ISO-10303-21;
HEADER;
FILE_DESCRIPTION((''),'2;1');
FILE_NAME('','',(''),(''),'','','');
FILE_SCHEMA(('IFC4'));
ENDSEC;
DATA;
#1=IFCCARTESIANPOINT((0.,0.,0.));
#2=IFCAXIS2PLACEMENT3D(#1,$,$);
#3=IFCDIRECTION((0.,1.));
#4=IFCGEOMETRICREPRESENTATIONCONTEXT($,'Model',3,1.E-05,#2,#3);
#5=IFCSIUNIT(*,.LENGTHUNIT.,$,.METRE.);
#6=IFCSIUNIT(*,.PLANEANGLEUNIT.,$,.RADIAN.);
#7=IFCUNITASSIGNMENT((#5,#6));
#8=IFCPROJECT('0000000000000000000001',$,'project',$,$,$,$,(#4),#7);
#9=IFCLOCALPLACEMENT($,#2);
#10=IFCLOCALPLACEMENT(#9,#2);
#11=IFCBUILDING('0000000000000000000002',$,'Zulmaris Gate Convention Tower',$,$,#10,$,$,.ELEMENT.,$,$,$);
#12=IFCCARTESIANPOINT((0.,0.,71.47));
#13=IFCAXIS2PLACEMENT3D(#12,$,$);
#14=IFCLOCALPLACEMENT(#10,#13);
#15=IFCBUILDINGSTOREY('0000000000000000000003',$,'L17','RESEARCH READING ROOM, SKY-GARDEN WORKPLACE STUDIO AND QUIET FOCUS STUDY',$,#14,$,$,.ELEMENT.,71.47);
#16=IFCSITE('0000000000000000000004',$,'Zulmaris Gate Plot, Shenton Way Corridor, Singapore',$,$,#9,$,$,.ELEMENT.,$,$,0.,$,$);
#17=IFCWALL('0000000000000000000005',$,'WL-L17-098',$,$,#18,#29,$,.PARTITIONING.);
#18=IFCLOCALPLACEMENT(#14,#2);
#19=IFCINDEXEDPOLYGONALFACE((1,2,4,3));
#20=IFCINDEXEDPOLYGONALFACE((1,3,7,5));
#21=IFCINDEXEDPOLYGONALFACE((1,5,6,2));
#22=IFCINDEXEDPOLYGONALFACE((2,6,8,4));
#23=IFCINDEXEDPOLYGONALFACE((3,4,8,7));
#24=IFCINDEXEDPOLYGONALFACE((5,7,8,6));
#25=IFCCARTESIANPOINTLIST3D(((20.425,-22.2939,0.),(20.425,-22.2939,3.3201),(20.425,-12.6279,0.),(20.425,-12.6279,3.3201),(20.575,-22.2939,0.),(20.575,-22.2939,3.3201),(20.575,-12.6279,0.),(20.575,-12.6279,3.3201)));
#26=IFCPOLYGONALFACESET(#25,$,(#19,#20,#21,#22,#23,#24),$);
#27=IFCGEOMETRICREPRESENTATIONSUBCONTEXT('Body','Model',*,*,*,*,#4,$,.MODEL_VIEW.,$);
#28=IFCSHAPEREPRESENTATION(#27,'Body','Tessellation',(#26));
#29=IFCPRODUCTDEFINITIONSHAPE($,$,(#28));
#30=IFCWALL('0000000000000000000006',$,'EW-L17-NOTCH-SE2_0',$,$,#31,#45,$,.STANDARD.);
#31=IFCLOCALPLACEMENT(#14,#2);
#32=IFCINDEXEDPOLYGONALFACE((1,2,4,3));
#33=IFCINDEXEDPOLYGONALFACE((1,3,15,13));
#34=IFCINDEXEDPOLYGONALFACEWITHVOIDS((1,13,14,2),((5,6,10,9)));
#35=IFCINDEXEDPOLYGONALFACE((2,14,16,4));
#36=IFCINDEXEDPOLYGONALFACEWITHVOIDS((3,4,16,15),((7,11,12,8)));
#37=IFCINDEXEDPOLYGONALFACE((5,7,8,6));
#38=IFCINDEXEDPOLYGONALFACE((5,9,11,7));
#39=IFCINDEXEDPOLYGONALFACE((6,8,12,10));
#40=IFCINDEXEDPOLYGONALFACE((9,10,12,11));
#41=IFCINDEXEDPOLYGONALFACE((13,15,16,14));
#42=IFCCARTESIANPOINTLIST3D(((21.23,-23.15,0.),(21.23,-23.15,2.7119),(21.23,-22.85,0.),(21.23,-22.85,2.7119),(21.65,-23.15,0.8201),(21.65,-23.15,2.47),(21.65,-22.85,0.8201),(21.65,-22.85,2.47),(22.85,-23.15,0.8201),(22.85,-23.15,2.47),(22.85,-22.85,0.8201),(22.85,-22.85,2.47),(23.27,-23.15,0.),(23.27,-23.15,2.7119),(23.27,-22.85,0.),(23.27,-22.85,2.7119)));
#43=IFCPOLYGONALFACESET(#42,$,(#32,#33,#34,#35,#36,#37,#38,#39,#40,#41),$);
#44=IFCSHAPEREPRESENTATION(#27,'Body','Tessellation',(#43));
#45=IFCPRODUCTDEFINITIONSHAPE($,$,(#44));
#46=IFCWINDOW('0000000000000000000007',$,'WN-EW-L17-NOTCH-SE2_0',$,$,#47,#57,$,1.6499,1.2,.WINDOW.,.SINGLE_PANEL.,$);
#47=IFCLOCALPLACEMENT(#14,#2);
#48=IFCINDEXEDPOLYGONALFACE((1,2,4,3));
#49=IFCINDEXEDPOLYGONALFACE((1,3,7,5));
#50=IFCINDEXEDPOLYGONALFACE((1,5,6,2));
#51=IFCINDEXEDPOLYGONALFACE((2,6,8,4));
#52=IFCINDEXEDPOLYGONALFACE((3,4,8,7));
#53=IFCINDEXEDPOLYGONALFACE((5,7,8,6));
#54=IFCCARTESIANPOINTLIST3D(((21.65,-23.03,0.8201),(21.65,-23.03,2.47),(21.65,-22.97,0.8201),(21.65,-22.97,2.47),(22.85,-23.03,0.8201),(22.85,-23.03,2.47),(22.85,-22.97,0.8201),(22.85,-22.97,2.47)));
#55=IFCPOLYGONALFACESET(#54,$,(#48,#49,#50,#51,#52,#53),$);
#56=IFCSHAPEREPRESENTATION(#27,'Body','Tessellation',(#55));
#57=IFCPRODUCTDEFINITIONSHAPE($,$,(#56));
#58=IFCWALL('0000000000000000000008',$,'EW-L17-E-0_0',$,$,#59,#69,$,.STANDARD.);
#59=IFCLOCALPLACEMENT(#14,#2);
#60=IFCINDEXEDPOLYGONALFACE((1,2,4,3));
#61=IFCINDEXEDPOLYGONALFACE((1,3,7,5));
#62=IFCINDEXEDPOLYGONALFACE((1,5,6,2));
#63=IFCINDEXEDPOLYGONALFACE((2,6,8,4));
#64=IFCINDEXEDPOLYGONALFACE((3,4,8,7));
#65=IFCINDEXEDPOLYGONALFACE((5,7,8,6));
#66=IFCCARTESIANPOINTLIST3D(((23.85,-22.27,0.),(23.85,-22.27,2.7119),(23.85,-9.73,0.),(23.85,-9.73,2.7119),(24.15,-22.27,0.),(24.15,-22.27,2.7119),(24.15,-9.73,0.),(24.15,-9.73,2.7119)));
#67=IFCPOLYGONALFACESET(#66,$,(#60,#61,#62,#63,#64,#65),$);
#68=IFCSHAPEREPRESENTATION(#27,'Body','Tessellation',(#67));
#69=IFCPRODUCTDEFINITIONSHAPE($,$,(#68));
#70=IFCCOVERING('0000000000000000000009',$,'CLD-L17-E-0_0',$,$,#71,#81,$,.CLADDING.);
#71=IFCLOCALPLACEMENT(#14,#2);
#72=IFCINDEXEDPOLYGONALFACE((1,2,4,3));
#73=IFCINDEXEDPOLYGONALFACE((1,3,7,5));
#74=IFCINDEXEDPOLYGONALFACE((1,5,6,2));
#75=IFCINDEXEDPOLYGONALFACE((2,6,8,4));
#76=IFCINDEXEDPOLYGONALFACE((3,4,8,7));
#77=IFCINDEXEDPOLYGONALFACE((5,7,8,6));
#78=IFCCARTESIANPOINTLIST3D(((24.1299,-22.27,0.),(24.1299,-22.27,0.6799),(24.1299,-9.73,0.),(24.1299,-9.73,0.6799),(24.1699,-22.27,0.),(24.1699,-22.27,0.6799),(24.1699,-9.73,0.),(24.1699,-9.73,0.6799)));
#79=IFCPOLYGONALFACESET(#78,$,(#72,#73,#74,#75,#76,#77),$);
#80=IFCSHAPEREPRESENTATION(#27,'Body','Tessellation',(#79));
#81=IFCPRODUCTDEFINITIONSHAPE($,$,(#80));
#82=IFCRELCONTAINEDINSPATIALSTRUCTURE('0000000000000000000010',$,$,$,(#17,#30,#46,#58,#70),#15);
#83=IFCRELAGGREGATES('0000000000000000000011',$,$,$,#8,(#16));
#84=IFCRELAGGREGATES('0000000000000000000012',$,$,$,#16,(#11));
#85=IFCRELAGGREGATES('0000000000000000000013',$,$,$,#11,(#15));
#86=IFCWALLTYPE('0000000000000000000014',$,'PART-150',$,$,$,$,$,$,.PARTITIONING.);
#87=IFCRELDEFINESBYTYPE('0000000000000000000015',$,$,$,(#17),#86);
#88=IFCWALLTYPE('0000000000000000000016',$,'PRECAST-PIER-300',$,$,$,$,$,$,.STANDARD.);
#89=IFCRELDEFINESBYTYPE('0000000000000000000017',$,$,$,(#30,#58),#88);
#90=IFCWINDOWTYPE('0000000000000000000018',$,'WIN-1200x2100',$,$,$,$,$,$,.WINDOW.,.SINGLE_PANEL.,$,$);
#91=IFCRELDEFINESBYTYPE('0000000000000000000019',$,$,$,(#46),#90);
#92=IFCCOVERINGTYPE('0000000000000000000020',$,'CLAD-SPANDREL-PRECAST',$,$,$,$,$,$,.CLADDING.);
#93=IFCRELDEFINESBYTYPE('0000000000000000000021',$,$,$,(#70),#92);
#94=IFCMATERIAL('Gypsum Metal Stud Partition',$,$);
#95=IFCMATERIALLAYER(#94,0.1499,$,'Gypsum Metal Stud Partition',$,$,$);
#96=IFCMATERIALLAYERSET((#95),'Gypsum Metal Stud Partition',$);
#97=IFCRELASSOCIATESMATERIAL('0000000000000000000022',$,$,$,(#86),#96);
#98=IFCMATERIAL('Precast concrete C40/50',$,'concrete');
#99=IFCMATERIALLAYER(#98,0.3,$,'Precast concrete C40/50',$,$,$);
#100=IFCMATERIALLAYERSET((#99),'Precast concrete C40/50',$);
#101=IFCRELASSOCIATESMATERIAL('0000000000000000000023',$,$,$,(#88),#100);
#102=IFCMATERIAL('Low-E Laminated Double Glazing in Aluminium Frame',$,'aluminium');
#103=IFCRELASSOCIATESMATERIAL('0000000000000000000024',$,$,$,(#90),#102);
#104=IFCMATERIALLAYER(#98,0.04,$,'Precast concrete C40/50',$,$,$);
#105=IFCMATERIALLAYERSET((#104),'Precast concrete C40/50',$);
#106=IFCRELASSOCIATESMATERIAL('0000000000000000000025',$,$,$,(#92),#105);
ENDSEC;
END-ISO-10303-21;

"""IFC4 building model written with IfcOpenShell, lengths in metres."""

from ifc_helpers import new_model, si_unit, direction, frame, frame_2d, origin, place, context, subcontext, project, spatial, rectangle, extrude, material, layer, layer_set, type_object, element, fill, save


model = new_model("IFC4")

# Units and contexts
model_context = context("Model", 3, precision=1e-05, world=origin(), true_north=direction((0.0, 1.0)))
body_context = subcontext(model_context, "Body", "Model", "MODEL_VIEW")
ifc_project = project(units=[si_unit("LENGTHUNIT", "METRE"), si_unit("PLANEANGLEUNIT", "RADIAN")], contexts=[model_context])

# Site, building, storey
site_placement = place(None, origin())
site = spatial("IfcSite", under=ifc_project, at=site_placement, Name="Zulmaris Gate Plot, Shenton Way Corridor, Singapore", CompositionType="ELEMENT", RefElevation=0.0)
building_placement = place(site_placement, origin())
building = spatial("IfcBuilding", under=site, at=building_placement, Name="Zulmaris Gate Convention Tower", CompositionType="ELEMENT")
storey_placement = place(building_placement, frame((0.0, 0.0, 71.47)))
storey = spatial("IfcBuildingStorey", under=building, at=storey_placement, Name="L17", Description="RESEARCH READING ROOM, SKY-GARDEN WORKPLACE STUDIO AND QUIET FOCUS STUDY", CompositionType="ELEMENT", Elevation=71.47)

# Shared definitions
ifc_material_1 = material(Name="Gypsum Metal Stud Partition")
ifc_layer_1 = layer(ifc_material_1, 0.1499, Name="Gypsum Metal Stud Partition")
ifc_layer_set_1 = layer_set([ifc_layer_1], Name="Gypsum Metal Stud Partition")
wall_type_1 = type_object("IfcWallType", Name="PART-150", PredefinedType="PARTITIONING", material=ifc_layer_set_1)

# Wall
wall_1_placement = place(storey_placement, frame((20.5, -22.2939, 0.0), z_axis=(0.0, 0.0, 1.0), x_axis=(0.0, 1.0, 0.0)))
element("IfcWall", 1, at=wall_1_placement, inside=storey, type_object=wall_type_1, Name="WL-L17-098", PredefinedType="PARTITIONING", context=body_context, shape_type="SweptSolid", body=[
    extrude(rectangle(XDim=9.666, YDim=0.1499, at=frame_2d((4.833, 0.0))), origin(), (0.0, 0.0, 1.0), 3.3201),
])

# Wall, opening, window
ifc_material_2 = material(Name="Precast concrete C40/50", Category="concrete")
ifc_layer_2 = layer(ifc_material_2, 0.3, Name="Precast concrete C40/50")
ifc_layer_set_2 = layer_set([ifc_layer_2], Name="Precast concrete C40/50")
wall_type_2 = type_object("IfcWallType", Name="PRECAST-PIER-300", PredefinedType="STANDARD", material=ifc_layer_set_2)
wall_2_placement = place(storey_placement, frame((21.23, -23.0, 0.0), z_axis=(0.0, 0.0, 1.0), x_axis=(1.0, 0.0, 0.0)))
wall_2 = element("IfcWall", 2, at=wall_2_placement, inside=storey, type_object=wall_type_2, Name="EW-L17-NOTCH-SE2_0", PredefinedType="STANDARD", context=body_context, shape_type="SweptSolid", body=[
    extrude(rectangle(XDim=2.04, YDim=0.3, at=frame_2d((1.02, 0.0))), origin(), (0.0, 0.0, 1.0), 2.7119),
])
opening_1_placement = place(wall_2_placement, frame((0.4199, 0.0, 0.8201)))
opening_1 = element("IfcOpeningElement", 3, at=opening_1_placement, cuts=wall_2, PredefinedType="OPENING", context=body_context, shape_type="SweptSolid", body=[
    extrude(rectangle(XDim=1.2, YDim=1.6499, at=frame_2d((0.6001, 0.825))), frame((0.0, 0.1602, 0.0), z_axis=(0.0, -1.0, 0.0), x_axis=(1.0, 0.0, 0.0)), (0.0, 0.0, 1.0), 0.3201),
])
ifc_material_3 = material(Name="Low-E Laminated Double Glazing in Aluminium Frame", Category="aluminium")
window_type = type_object("IfcWindowType", Name="WIN-1200x2100", PartitioningType="SINGLE_PANEL", PredefinedType="WINDOW", material=ifc_material_3)
window_placement = place(opening_1_placement, origin())
window = element("IfcWindow", 4, at=window_placement, inside=storey, type_object=window_type, Name="WN-EW-L17-NOTCH-SE2_0", OverallHeight=1.6499, OverallWidth=1.2, PartitioningType="SINGLE_PANEL", PredefinedType="WINDOW", context=body_context, shape_type="SweptSolid", body=[
    extrude(rectangle(XDim=1.2, YDim=1.6499, at=frame_2d((0.6001, 0.825))), frame((0.0, 0.03, 0.0), z_axis=(0.0, -1.0, 0.0), x_axis=(1.0, 0.0, 0.0)), (0.0, 0.0, 1.0), 0.0601),
])
fill(opening_1, window)

# Wall
wall_3_placement = place(storey_placement, frame((24.0, -22.27, 0.0), z_axis=(0.0, 0.0, 1.0), x_axis=(0.0, 1.0, 0.0)))
element("IfcWall", 5, at=wall_3_placement, inside=storey, type_object=wall_type_2, Name="EW-L17-E-0_0", PredefinedType="STANDARD", context=body_context, shape_type="SweptSolid", body=[
    extrude(rectangle(XDim=12.54, YDim=0.3, at=frame_2d((6.27, 0.0))), origin(), (0.0, 0.0, 1.0), 2.7119),
])

# Covering
ifc_layer_3 = layer(ifc_material_2, 0.04, Name="Precast concrete C40/50")
ifc_layer_set_3 = layer_set([ifc_layer_3], Name="Precast concrete C40/50")
covering_type = type_object("IfcCoveringType", Name="CLAD-SPANDREL-PRECAST", PredefinedType="CLADDING", material=ifc_layer_set_3)
covering_placement = place(storey_placement, frame((24.1499, -22.27, 0.0), z_axis=(0.0, 0.0, 1.0), x_axis=(0.0, 1.0, 0.0)))
element("IfcCovering", 6, at=covering_placement, inside=storey, type_object=covering_type, Name="CLD-L17-E-0_0", PredefinedType="CLADDING", context=body_context, shape_type="SweptSolid", body=[
    extrude(rectangle(XDim=12.54, YDim=0.04, at=frame_2d((6.27, 0.0))), origin(), (0.0, 0.0, 1.0), 0.6799),
])

save(model, "model.ifc")
